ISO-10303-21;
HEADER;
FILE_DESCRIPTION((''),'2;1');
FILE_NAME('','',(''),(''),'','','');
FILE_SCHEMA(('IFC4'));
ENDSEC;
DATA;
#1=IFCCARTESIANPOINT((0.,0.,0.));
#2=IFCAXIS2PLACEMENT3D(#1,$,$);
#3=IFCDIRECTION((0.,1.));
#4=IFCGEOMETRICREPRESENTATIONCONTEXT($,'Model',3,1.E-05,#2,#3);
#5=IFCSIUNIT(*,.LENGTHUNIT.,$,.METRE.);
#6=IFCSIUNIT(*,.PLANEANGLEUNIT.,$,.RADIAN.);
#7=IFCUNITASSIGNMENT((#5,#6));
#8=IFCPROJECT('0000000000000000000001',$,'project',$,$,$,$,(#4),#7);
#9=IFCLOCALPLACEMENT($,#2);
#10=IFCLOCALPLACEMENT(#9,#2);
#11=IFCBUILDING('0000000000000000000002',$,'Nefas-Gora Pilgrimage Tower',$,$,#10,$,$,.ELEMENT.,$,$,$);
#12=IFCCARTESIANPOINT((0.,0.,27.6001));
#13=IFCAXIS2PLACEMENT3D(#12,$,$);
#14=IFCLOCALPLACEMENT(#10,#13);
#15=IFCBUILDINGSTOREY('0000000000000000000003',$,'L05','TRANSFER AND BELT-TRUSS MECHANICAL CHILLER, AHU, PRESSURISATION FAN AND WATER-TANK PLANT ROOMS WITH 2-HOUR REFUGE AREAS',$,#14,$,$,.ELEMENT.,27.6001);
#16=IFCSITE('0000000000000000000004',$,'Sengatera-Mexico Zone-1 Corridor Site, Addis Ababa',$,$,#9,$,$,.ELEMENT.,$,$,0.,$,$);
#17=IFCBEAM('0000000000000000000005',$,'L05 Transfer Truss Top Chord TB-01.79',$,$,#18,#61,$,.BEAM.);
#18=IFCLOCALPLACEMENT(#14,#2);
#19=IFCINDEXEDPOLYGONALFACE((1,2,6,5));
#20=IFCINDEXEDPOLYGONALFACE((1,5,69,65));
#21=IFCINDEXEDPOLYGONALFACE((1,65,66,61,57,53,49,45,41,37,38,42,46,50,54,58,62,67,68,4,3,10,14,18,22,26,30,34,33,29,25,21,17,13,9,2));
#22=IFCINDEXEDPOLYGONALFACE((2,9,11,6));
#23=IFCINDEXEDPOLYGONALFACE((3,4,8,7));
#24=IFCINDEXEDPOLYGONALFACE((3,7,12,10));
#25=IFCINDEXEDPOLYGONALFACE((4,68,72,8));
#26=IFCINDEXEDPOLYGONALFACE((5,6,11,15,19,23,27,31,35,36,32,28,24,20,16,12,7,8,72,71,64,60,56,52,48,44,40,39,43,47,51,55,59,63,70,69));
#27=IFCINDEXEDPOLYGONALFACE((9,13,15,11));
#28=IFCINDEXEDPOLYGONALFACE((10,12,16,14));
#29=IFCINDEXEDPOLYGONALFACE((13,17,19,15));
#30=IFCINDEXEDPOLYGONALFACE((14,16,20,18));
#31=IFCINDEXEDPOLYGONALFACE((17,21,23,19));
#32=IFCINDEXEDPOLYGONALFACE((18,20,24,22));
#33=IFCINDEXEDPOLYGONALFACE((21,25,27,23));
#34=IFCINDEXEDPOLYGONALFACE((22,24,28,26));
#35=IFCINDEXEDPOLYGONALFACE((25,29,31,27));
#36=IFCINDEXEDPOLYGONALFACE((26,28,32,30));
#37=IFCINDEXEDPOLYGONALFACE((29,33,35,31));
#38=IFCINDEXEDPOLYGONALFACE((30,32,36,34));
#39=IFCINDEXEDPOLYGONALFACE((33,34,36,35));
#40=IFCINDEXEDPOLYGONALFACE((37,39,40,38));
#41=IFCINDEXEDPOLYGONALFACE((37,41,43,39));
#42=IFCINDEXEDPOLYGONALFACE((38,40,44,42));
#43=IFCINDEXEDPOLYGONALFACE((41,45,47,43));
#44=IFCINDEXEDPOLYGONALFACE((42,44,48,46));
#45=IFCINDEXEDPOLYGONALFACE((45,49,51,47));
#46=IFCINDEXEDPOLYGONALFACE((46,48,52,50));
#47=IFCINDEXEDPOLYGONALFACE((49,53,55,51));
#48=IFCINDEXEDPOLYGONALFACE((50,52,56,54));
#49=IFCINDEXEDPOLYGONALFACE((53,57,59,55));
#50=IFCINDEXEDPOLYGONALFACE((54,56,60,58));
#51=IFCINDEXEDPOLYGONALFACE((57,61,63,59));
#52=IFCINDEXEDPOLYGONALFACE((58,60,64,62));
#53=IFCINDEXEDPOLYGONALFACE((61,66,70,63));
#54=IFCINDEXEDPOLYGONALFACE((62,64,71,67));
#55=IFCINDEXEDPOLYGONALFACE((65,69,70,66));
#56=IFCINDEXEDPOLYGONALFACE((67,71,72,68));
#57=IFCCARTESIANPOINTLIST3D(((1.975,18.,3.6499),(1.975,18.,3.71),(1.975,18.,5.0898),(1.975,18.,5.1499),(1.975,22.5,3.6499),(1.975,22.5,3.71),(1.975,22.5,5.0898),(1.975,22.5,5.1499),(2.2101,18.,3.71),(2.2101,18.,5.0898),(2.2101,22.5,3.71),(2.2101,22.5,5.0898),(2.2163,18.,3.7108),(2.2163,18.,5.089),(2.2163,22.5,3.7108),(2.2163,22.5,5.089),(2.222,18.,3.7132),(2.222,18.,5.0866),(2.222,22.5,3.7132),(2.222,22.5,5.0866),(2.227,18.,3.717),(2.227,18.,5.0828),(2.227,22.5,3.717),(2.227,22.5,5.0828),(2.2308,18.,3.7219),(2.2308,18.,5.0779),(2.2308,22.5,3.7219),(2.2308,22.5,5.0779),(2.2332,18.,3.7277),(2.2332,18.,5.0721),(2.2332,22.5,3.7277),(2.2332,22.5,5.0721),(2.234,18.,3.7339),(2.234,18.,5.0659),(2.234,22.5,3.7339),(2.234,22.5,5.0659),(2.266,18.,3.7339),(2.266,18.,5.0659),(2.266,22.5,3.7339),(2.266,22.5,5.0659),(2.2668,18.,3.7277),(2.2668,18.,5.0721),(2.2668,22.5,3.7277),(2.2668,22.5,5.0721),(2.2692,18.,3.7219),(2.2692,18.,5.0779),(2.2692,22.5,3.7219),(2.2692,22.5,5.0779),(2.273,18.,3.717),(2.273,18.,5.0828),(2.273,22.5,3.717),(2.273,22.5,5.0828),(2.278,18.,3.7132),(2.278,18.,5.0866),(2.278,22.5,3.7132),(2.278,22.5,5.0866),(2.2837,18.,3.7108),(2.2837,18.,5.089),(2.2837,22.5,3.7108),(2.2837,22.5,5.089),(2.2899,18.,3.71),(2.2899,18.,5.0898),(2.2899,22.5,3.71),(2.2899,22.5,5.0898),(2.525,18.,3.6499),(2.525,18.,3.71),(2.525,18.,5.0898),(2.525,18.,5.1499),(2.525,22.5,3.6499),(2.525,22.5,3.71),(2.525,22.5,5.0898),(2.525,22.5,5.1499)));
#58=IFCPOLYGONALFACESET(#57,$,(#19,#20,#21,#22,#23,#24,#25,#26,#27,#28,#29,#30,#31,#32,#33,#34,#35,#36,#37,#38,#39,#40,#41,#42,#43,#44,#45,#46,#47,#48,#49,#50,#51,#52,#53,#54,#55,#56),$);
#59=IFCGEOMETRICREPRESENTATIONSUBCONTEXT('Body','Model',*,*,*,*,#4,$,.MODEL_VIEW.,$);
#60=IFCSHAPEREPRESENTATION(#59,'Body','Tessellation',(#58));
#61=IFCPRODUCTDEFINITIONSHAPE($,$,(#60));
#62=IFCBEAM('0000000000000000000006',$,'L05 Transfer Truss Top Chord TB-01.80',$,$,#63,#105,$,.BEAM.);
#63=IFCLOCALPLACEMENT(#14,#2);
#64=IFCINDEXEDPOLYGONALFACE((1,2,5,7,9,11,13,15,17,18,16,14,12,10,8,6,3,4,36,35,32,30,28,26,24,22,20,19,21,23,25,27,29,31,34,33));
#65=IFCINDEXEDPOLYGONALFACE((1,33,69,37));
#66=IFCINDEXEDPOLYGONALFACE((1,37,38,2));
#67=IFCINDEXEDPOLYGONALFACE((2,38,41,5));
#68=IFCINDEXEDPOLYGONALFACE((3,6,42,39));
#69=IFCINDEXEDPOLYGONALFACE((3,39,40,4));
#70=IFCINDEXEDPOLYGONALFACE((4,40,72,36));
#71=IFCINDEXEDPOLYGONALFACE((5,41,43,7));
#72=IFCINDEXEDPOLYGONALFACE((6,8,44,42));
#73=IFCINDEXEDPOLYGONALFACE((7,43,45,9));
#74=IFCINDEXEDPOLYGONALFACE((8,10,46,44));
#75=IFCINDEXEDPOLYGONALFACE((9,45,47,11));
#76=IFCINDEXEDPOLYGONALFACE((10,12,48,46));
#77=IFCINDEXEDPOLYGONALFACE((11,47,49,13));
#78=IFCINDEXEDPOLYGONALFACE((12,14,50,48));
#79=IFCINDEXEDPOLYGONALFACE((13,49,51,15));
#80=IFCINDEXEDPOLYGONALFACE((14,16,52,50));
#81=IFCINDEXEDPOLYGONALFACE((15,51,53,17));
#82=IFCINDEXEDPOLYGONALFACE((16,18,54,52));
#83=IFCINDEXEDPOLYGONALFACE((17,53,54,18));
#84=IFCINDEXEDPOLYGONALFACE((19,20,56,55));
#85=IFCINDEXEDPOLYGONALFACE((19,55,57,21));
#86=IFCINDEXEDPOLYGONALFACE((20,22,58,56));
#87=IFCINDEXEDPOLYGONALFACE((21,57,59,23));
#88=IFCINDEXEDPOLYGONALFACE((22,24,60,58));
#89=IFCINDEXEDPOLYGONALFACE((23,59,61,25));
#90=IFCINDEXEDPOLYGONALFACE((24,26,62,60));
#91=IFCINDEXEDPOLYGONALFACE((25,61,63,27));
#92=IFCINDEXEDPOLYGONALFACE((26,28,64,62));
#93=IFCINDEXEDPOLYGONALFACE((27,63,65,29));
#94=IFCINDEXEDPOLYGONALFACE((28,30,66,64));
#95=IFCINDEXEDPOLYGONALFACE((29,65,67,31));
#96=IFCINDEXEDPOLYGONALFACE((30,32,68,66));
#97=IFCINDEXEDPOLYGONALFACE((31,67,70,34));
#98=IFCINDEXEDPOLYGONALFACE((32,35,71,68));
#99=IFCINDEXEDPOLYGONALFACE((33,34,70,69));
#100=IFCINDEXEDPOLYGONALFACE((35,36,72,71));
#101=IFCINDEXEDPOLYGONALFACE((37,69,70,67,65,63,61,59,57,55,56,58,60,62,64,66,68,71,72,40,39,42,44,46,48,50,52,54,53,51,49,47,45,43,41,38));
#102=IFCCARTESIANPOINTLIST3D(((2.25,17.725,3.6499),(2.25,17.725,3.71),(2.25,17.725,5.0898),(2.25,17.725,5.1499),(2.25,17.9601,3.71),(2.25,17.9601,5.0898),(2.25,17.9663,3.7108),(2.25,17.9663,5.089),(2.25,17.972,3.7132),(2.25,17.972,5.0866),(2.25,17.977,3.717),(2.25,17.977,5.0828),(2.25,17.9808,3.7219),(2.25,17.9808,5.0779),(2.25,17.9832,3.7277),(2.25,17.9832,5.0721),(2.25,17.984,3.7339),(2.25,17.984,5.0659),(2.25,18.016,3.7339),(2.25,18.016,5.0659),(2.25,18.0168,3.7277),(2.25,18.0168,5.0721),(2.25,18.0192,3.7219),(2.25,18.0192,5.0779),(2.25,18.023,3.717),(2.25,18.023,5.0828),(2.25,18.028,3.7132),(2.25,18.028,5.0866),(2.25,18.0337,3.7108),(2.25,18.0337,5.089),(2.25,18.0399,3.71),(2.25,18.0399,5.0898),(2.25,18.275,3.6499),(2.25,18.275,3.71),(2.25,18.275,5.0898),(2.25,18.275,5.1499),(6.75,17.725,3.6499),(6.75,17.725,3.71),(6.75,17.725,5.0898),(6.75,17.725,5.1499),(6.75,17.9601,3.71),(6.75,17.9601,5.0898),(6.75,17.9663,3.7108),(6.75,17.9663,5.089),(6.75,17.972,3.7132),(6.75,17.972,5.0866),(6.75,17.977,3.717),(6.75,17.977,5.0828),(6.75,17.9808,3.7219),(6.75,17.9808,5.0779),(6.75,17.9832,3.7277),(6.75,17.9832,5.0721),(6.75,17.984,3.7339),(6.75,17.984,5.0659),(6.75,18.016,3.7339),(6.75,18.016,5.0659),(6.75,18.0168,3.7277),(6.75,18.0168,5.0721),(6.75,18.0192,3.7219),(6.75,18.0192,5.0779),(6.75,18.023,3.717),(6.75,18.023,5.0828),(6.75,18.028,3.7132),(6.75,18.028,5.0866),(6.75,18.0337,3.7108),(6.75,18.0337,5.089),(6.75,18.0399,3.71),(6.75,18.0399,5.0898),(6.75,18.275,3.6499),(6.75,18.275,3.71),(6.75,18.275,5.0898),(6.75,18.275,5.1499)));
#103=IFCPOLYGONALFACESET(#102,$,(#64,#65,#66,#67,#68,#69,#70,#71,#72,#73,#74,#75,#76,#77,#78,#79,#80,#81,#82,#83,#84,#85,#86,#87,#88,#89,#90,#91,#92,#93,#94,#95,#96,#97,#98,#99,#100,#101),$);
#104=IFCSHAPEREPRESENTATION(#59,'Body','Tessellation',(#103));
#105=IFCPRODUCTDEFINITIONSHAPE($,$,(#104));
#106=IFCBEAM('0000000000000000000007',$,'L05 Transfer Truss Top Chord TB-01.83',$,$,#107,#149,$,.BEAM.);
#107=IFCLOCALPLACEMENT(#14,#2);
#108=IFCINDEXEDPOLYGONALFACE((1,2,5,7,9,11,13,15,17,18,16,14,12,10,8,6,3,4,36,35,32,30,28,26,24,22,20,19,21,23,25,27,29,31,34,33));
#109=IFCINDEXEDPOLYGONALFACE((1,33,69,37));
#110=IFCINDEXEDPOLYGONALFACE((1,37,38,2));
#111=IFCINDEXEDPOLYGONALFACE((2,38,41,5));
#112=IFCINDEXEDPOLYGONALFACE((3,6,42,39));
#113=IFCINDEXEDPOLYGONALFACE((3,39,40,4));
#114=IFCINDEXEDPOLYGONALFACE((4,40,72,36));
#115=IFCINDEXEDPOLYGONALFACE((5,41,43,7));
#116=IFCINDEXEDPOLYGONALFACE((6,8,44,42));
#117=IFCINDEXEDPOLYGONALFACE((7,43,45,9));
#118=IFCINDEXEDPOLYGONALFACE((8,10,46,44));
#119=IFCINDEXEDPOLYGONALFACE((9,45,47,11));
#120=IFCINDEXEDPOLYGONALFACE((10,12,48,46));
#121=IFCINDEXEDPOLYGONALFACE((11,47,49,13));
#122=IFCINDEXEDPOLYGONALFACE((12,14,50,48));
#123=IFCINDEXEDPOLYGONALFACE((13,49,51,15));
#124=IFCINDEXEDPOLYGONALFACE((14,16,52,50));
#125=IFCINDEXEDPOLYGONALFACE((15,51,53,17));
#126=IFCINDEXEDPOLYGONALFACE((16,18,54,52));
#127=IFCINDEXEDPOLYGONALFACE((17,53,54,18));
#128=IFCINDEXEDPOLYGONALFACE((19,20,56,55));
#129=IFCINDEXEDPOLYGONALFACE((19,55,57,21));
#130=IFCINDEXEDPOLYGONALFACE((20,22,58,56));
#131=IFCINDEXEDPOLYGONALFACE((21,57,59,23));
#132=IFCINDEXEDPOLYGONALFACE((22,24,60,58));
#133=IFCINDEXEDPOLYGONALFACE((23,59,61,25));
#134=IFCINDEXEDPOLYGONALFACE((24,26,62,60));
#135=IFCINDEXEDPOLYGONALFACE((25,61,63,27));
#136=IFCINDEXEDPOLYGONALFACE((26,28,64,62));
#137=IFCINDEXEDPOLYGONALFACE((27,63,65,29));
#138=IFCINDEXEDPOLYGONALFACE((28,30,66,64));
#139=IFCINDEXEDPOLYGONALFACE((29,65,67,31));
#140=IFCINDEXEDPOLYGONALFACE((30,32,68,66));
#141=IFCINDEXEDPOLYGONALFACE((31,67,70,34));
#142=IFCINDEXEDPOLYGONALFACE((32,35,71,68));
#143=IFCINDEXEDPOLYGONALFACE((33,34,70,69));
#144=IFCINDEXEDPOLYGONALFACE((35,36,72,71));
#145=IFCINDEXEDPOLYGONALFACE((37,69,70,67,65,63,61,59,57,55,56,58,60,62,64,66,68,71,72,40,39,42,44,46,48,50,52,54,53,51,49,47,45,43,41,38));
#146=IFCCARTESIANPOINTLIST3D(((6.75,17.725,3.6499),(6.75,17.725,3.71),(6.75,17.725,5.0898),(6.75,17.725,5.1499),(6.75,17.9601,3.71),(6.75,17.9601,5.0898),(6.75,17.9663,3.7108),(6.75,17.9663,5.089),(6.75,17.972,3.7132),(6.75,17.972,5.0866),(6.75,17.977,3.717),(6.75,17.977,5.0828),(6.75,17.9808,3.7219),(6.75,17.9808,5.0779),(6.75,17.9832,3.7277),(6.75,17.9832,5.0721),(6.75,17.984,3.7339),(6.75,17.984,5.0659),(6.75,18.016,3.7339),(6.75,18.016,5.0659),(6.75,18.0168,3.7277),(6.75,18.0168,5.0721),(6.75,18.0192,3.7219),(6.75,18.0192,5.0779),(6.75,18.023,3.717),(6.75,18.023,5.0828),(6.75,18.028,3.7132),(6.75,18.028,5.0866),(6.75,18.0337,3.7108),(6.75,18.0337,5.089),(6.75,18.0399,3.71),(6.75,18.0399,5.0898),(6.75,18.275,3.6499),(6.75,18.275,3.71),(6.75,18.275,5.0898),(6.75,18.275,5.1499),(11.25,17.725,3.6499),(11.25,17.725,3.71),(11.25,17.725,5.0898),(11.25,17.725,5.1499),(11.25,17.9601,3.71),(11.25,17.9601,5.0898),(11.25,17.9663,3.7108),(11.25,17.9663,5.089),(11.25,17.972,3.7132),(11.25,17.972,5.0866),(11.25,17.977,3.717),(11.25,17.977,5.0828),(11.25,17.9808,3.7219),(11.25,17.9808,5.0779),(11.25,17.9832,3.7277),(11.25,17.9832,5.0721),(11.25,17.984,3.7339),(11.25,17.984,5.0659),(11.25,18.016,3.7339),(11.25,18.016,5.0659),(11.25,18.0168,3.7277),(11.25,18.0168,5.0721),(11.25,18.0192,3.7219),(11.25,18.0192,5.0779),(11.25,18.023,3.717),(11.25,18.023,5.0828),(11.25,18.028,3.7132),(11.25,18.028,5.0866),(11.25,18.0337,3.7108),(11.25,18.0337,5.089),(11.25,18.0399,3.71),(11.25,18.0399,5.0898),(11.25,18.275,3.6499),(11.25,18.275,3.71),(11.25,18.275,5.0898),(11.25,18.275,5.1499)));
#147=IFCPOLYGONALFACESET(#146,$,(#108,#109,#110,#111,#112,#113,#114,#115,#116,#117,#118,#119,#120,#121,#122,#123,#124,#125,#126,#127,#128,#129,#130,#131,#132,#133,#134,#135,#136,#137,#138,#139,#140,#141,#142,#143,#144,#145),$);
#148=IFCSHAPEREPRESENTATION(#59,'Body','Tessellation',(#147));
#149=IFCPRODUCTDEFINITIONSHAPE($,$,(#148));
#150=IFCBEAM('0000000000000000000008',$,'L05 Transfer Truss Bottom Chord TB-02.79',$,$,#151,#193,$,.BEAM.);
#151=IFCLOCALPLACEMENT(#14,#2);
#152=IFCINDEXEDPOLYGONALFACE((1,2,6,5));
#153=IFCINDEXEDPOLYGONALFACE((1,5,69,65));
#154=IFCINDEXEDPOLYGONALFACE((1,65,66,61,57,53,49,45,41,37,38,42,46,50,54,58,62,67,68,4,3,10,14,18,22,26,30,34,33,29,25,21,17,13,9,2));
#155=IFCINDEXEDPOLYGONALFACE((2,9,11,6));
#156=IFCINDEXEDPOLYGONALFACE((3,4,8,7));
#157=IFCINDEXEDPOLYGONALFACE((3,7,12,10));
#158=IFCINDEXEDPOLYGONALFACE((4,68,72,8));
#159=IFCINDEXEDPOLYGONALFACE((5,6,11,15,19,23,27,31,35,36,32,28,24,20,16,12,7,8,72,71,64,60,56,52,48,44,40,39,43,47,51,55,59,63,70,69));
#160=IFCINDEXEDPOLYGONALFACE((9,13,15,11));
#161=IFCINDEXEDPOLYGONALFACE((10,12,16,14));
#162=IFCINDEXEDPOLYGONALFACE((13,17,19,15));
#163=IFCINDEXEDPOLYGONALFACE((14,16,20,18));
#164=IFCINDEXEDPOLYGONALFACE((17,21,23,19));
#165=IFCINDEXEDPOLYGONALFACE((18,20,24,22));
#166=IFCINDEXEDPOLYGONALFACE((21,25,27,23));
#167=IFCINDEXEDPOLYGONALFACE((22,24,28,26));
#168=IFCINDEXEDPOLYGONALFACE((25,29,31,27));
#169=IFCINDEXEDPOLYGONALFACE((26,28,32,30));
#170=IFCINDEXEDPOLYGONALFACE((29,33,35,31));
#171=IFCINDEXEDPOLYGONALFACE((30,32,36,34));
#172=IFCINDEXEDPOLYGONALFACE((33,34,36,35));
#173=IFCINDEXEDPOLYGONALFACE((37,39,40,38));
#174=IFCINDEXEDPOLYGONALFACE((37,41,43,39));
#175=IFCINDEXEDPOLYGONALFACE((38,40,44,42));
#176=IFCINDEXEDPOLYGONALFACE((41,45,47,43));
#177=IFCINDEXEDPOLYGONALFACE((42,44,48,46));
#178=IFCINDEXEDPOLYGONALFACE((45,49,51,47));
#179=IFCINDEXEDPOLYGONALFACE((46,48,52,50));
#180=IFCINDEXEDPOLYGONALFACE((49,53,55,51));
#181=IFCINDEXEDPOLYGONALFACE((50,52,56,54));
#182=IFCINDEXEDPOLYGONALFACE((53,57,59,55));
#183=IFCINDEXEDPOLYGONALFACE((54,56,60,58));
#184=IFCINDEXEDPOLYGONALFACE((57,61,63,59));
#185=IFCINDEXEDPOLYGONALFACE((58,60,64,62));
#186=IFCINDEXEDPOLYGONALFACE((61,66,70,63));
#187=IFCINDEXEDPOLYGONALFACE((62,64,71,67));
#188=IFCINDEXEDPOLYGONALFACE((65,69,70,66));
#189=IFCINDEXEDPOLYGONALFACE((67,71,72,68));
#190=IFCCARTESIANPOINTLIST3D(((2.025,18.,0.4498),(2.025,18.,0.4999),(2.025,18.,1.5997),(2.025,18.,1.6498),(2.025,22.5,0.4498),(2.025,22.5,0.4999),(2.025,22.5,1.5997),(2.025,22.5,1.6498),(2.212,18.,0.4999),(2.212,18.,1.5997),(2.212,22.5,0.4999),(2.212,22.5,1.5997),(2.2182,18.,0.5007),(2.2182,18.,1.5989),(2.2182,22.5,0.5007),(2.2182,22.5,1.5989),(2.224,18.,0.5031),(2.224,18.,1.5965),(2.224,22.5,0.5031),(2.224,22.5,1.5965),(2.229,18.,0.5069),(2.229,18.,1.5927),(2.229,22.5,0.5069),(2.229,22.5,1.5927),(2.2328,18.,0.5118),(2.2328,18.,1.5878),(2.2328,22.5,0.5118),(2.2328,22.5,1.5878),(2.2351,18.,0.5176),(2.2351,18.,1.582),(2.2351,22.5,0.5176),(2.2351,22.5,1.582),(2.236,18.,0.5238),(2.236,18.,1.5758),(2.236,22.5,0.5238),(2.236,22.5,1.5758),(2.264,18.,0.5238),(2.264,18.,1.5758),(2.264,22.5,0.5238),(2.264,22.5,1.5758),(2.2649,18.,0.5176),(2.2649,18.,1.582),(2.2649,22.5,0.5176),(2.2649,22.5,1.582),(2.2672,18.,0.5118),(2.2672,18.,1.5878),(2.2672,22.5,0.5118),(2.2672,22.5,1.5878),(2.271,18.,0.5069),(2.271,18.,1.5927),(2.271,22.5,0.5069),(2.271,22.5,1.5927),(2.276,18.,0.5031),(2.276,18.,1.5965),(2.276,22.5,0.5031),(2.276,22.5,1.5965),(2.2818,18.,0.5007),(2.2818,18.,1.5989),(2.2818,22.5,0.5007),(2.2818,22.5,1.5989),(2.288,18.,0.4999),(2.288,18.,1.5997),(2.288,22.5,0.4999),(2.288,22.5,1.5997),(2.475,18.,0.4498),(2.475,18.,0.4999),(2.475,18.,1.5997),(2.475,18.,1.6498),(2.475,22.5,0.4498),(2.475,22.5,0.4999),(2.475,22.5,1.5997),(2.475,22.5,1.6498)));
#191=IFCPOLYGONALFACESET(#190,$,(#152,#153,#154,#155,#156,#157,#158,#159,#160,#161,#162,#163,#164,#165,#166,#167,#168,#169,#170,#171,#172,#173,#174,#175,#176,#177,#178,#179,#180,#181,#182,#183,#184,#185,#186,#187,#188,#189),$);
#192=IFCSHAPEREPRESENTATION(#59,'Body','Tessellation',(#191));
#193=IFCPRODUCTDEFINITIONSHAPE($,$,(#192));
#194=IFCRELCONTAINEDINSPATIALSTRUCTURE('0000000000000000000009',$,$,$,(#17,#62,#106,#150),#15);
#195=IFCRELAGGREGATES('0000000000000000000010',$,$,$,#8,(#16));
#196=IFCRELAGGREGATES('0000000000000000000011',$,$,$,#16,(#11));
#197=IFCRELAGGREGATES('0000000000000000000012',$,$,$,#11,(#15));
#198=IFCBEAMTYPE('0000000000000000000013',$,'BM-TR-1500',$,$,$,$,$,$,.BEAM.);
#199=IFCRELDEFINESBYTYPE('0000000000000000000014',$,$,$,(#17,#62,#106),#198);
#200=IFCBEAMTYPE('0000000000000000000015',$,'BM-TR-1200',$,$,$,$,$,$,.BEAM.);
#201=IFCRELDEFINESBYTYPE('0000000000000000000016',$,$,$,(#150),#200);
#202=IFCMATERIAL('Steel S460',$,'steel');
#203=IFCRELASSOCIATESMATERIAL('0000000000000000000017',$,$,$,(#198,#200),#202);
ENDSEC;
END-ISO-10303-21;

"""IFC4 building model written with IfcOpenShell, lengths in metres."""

from ifc_helpers import new_model, si_unit, direction, frame, origin, origin_2d, place, context, subcontext, project, spatial, i_section, extrude, source, transform, mapped, material, material_profile, profile_set, type_object, element, save


model = new_model("IFC4")

# Units and contexts
model_context = context("Model", 3, precision=1e-05, world=origin(), true_north=direction((0.0, 1.0)))
body_context = subcontext(model_context, "Body", "Model", "MODEL_VIEW")
ifc_project = project(units=[si_unit("LENGTHUNIT", "METRE"), si_unit("PLANEANGLEUNIT", "RADIAN")], contexts=[model_context])

# Site, building, storey
site_placement = place(None, origin())
site = spatial("IfcSite", under=ifc_project, at=site_placement, Name="Sengatera-Mexico Zone-1 Corridor Site, Addis Ababa", CompositionType="ELEMENT", RefElevation=0.0)
building_placement = place(site_placement, origin())
building = spatial("IfcBuilding", under=site, at=building_placement, Name="Nefas-Gora Pilgrimage Tower", CompositionType="ELEMENT")
storey_placement = place(building_placement, frame((0.0, 0.0, 27.6001)))
storey = spatial("IfcBuildingStorey", under=building, at=storey_placement, Name="L05", Description="TRANSFER AND BELT-TRUSS MECHANICAL CHILLER, AHU, PRESSURISATION FAN AND WATER-TANK PLANT ROOMS WITH 2-HOUR REFUGE AREAS", CompositionType="ELEMENT", Elevation=27.6001)

# Shared definitions
ifc_material = material(Name="Steel S460", Category="steel")

# Beams
ifc_material_profile_1 = material_profile(ifc_material, i_section(OverallWidth=0.55, OverallDepth=1.5, WebThickness=0.032, FlangeThickness=0.0601, FilletRadius=0.0239, at=origin_2d()), Name="WPG 1500x550x32x60")
ifc_profile_set_1 = profile_set([ifc_material_profile_1], Name="Steel S460")
beam_type_1 = type_object("IfcBeamType", Name="BM-TR-1500", PredefinedType="BEAM", material=ifc_profile_set_1)
shared_shape_1 = source(origin(), body_context, "Body", "SweptSolid", [
    extrude(i_section(OverallWidth=0.55, OverallDepth=1.5, WebThickness=0.032, FlangeThickness=0.0601, FilletRadius=0.0239, at=origin_2d()), origin(), (0.0, 0.0, 1.0), 4.5),
])
for number, where, z_axis, x_axis, name in (
    (1, (2.25, 18.0, 4.3999), (0.0, 1.0, 0.0), (-1.0, 0.0, 0.0), "L05 Transfer Truss Top Chord TB-01.79"),
    (2, (2.25, 18.0, 4.3999), (1.0, 0.0, 0.0), (0.0, 1.0, 0.0), "L05 Transfer Truss Top Chord TB-01.80"),
    (3, (6.75, 18.0, 4.3999), (1.0, 0.0, 0.0), (0.0, 1.0, 0.0), "L05 Transfer Truss Top Chord TB-01.83"),
):
    element("IfcBeam", number, at=place(storey_placement, frame(where, z_axis=z_axis, x_axis=x_axis)), inside=storey, type_object=beam_type_1, Name=name, PredefinedType="BEAM", context=body_context, shape_type="MappedRepresentation", body=[
        mapped(shared_shape_1, transform((0.0, 0.0, 0.0), x_axis=(1.0, 0.0, 0.0), y_axis=(0.0, 1.0, 0.0), z_axis=(0.0, 0.0, 1.0), scale=1.0)),
    ])
ifc_material_profile_2 = material_profile(ifc_material, i_section(OverallWidth=0.45, OverallDepth=1.2, WebThickness=0.0281, FlangeThickness=0.05, FilletRadius=0.0239, at=origin_2d()), Name="WPG 1200x450x28x50")
ifc_profile_set_2 = profile_set([ifc_material_profile_2], Name="Steel S460")
beam_type_2 = type_object("IfcBeamType", Name="BM-TR-1200", PredefinedType="BEAM", material=ifc_profile_set_2)
shared_shape_2 = source(origin(), body_context, "Body", "SweptSolid", [
    extrude(i_section(OverallWidth=0.45, OverallDepth=1.2, WebThickness=0.0281, FlangeThickness=0.05, FilletRadius=0.0239, at=origin_2d()), origin(), (0.0, 0.0, 1.0), 4.5),
])
for number, where, z_axis, x_axis, name in (
    (4, (2.25, 18.0, 1.0498), (0.0, 1.0, 0.0), (-1.0, 0.0, 0.0), "L05 Transfer Truss Bottom Chord TB-02.79"),
):
    element("IfcBeam", number, at=place(storey_placement, frame(where, z_axis=z_axis, x_axis=x_axis)), inside=storey, type_object=beam_type_2, Name=name, PredefinedType="BEAM", context=body_context, shape_type="MappedRepresentation", body=[
        mapped(shared_shape_2, transform((0.0, 0.0, 0.0), x_axis=(1.0, 0.0, 0.0), y_axis=(0.0, 1.0, 0.0), z_axis=(0.0, 0.0, 1.0), scale=1.0)),
    ])

save(model, "model.ifc")
